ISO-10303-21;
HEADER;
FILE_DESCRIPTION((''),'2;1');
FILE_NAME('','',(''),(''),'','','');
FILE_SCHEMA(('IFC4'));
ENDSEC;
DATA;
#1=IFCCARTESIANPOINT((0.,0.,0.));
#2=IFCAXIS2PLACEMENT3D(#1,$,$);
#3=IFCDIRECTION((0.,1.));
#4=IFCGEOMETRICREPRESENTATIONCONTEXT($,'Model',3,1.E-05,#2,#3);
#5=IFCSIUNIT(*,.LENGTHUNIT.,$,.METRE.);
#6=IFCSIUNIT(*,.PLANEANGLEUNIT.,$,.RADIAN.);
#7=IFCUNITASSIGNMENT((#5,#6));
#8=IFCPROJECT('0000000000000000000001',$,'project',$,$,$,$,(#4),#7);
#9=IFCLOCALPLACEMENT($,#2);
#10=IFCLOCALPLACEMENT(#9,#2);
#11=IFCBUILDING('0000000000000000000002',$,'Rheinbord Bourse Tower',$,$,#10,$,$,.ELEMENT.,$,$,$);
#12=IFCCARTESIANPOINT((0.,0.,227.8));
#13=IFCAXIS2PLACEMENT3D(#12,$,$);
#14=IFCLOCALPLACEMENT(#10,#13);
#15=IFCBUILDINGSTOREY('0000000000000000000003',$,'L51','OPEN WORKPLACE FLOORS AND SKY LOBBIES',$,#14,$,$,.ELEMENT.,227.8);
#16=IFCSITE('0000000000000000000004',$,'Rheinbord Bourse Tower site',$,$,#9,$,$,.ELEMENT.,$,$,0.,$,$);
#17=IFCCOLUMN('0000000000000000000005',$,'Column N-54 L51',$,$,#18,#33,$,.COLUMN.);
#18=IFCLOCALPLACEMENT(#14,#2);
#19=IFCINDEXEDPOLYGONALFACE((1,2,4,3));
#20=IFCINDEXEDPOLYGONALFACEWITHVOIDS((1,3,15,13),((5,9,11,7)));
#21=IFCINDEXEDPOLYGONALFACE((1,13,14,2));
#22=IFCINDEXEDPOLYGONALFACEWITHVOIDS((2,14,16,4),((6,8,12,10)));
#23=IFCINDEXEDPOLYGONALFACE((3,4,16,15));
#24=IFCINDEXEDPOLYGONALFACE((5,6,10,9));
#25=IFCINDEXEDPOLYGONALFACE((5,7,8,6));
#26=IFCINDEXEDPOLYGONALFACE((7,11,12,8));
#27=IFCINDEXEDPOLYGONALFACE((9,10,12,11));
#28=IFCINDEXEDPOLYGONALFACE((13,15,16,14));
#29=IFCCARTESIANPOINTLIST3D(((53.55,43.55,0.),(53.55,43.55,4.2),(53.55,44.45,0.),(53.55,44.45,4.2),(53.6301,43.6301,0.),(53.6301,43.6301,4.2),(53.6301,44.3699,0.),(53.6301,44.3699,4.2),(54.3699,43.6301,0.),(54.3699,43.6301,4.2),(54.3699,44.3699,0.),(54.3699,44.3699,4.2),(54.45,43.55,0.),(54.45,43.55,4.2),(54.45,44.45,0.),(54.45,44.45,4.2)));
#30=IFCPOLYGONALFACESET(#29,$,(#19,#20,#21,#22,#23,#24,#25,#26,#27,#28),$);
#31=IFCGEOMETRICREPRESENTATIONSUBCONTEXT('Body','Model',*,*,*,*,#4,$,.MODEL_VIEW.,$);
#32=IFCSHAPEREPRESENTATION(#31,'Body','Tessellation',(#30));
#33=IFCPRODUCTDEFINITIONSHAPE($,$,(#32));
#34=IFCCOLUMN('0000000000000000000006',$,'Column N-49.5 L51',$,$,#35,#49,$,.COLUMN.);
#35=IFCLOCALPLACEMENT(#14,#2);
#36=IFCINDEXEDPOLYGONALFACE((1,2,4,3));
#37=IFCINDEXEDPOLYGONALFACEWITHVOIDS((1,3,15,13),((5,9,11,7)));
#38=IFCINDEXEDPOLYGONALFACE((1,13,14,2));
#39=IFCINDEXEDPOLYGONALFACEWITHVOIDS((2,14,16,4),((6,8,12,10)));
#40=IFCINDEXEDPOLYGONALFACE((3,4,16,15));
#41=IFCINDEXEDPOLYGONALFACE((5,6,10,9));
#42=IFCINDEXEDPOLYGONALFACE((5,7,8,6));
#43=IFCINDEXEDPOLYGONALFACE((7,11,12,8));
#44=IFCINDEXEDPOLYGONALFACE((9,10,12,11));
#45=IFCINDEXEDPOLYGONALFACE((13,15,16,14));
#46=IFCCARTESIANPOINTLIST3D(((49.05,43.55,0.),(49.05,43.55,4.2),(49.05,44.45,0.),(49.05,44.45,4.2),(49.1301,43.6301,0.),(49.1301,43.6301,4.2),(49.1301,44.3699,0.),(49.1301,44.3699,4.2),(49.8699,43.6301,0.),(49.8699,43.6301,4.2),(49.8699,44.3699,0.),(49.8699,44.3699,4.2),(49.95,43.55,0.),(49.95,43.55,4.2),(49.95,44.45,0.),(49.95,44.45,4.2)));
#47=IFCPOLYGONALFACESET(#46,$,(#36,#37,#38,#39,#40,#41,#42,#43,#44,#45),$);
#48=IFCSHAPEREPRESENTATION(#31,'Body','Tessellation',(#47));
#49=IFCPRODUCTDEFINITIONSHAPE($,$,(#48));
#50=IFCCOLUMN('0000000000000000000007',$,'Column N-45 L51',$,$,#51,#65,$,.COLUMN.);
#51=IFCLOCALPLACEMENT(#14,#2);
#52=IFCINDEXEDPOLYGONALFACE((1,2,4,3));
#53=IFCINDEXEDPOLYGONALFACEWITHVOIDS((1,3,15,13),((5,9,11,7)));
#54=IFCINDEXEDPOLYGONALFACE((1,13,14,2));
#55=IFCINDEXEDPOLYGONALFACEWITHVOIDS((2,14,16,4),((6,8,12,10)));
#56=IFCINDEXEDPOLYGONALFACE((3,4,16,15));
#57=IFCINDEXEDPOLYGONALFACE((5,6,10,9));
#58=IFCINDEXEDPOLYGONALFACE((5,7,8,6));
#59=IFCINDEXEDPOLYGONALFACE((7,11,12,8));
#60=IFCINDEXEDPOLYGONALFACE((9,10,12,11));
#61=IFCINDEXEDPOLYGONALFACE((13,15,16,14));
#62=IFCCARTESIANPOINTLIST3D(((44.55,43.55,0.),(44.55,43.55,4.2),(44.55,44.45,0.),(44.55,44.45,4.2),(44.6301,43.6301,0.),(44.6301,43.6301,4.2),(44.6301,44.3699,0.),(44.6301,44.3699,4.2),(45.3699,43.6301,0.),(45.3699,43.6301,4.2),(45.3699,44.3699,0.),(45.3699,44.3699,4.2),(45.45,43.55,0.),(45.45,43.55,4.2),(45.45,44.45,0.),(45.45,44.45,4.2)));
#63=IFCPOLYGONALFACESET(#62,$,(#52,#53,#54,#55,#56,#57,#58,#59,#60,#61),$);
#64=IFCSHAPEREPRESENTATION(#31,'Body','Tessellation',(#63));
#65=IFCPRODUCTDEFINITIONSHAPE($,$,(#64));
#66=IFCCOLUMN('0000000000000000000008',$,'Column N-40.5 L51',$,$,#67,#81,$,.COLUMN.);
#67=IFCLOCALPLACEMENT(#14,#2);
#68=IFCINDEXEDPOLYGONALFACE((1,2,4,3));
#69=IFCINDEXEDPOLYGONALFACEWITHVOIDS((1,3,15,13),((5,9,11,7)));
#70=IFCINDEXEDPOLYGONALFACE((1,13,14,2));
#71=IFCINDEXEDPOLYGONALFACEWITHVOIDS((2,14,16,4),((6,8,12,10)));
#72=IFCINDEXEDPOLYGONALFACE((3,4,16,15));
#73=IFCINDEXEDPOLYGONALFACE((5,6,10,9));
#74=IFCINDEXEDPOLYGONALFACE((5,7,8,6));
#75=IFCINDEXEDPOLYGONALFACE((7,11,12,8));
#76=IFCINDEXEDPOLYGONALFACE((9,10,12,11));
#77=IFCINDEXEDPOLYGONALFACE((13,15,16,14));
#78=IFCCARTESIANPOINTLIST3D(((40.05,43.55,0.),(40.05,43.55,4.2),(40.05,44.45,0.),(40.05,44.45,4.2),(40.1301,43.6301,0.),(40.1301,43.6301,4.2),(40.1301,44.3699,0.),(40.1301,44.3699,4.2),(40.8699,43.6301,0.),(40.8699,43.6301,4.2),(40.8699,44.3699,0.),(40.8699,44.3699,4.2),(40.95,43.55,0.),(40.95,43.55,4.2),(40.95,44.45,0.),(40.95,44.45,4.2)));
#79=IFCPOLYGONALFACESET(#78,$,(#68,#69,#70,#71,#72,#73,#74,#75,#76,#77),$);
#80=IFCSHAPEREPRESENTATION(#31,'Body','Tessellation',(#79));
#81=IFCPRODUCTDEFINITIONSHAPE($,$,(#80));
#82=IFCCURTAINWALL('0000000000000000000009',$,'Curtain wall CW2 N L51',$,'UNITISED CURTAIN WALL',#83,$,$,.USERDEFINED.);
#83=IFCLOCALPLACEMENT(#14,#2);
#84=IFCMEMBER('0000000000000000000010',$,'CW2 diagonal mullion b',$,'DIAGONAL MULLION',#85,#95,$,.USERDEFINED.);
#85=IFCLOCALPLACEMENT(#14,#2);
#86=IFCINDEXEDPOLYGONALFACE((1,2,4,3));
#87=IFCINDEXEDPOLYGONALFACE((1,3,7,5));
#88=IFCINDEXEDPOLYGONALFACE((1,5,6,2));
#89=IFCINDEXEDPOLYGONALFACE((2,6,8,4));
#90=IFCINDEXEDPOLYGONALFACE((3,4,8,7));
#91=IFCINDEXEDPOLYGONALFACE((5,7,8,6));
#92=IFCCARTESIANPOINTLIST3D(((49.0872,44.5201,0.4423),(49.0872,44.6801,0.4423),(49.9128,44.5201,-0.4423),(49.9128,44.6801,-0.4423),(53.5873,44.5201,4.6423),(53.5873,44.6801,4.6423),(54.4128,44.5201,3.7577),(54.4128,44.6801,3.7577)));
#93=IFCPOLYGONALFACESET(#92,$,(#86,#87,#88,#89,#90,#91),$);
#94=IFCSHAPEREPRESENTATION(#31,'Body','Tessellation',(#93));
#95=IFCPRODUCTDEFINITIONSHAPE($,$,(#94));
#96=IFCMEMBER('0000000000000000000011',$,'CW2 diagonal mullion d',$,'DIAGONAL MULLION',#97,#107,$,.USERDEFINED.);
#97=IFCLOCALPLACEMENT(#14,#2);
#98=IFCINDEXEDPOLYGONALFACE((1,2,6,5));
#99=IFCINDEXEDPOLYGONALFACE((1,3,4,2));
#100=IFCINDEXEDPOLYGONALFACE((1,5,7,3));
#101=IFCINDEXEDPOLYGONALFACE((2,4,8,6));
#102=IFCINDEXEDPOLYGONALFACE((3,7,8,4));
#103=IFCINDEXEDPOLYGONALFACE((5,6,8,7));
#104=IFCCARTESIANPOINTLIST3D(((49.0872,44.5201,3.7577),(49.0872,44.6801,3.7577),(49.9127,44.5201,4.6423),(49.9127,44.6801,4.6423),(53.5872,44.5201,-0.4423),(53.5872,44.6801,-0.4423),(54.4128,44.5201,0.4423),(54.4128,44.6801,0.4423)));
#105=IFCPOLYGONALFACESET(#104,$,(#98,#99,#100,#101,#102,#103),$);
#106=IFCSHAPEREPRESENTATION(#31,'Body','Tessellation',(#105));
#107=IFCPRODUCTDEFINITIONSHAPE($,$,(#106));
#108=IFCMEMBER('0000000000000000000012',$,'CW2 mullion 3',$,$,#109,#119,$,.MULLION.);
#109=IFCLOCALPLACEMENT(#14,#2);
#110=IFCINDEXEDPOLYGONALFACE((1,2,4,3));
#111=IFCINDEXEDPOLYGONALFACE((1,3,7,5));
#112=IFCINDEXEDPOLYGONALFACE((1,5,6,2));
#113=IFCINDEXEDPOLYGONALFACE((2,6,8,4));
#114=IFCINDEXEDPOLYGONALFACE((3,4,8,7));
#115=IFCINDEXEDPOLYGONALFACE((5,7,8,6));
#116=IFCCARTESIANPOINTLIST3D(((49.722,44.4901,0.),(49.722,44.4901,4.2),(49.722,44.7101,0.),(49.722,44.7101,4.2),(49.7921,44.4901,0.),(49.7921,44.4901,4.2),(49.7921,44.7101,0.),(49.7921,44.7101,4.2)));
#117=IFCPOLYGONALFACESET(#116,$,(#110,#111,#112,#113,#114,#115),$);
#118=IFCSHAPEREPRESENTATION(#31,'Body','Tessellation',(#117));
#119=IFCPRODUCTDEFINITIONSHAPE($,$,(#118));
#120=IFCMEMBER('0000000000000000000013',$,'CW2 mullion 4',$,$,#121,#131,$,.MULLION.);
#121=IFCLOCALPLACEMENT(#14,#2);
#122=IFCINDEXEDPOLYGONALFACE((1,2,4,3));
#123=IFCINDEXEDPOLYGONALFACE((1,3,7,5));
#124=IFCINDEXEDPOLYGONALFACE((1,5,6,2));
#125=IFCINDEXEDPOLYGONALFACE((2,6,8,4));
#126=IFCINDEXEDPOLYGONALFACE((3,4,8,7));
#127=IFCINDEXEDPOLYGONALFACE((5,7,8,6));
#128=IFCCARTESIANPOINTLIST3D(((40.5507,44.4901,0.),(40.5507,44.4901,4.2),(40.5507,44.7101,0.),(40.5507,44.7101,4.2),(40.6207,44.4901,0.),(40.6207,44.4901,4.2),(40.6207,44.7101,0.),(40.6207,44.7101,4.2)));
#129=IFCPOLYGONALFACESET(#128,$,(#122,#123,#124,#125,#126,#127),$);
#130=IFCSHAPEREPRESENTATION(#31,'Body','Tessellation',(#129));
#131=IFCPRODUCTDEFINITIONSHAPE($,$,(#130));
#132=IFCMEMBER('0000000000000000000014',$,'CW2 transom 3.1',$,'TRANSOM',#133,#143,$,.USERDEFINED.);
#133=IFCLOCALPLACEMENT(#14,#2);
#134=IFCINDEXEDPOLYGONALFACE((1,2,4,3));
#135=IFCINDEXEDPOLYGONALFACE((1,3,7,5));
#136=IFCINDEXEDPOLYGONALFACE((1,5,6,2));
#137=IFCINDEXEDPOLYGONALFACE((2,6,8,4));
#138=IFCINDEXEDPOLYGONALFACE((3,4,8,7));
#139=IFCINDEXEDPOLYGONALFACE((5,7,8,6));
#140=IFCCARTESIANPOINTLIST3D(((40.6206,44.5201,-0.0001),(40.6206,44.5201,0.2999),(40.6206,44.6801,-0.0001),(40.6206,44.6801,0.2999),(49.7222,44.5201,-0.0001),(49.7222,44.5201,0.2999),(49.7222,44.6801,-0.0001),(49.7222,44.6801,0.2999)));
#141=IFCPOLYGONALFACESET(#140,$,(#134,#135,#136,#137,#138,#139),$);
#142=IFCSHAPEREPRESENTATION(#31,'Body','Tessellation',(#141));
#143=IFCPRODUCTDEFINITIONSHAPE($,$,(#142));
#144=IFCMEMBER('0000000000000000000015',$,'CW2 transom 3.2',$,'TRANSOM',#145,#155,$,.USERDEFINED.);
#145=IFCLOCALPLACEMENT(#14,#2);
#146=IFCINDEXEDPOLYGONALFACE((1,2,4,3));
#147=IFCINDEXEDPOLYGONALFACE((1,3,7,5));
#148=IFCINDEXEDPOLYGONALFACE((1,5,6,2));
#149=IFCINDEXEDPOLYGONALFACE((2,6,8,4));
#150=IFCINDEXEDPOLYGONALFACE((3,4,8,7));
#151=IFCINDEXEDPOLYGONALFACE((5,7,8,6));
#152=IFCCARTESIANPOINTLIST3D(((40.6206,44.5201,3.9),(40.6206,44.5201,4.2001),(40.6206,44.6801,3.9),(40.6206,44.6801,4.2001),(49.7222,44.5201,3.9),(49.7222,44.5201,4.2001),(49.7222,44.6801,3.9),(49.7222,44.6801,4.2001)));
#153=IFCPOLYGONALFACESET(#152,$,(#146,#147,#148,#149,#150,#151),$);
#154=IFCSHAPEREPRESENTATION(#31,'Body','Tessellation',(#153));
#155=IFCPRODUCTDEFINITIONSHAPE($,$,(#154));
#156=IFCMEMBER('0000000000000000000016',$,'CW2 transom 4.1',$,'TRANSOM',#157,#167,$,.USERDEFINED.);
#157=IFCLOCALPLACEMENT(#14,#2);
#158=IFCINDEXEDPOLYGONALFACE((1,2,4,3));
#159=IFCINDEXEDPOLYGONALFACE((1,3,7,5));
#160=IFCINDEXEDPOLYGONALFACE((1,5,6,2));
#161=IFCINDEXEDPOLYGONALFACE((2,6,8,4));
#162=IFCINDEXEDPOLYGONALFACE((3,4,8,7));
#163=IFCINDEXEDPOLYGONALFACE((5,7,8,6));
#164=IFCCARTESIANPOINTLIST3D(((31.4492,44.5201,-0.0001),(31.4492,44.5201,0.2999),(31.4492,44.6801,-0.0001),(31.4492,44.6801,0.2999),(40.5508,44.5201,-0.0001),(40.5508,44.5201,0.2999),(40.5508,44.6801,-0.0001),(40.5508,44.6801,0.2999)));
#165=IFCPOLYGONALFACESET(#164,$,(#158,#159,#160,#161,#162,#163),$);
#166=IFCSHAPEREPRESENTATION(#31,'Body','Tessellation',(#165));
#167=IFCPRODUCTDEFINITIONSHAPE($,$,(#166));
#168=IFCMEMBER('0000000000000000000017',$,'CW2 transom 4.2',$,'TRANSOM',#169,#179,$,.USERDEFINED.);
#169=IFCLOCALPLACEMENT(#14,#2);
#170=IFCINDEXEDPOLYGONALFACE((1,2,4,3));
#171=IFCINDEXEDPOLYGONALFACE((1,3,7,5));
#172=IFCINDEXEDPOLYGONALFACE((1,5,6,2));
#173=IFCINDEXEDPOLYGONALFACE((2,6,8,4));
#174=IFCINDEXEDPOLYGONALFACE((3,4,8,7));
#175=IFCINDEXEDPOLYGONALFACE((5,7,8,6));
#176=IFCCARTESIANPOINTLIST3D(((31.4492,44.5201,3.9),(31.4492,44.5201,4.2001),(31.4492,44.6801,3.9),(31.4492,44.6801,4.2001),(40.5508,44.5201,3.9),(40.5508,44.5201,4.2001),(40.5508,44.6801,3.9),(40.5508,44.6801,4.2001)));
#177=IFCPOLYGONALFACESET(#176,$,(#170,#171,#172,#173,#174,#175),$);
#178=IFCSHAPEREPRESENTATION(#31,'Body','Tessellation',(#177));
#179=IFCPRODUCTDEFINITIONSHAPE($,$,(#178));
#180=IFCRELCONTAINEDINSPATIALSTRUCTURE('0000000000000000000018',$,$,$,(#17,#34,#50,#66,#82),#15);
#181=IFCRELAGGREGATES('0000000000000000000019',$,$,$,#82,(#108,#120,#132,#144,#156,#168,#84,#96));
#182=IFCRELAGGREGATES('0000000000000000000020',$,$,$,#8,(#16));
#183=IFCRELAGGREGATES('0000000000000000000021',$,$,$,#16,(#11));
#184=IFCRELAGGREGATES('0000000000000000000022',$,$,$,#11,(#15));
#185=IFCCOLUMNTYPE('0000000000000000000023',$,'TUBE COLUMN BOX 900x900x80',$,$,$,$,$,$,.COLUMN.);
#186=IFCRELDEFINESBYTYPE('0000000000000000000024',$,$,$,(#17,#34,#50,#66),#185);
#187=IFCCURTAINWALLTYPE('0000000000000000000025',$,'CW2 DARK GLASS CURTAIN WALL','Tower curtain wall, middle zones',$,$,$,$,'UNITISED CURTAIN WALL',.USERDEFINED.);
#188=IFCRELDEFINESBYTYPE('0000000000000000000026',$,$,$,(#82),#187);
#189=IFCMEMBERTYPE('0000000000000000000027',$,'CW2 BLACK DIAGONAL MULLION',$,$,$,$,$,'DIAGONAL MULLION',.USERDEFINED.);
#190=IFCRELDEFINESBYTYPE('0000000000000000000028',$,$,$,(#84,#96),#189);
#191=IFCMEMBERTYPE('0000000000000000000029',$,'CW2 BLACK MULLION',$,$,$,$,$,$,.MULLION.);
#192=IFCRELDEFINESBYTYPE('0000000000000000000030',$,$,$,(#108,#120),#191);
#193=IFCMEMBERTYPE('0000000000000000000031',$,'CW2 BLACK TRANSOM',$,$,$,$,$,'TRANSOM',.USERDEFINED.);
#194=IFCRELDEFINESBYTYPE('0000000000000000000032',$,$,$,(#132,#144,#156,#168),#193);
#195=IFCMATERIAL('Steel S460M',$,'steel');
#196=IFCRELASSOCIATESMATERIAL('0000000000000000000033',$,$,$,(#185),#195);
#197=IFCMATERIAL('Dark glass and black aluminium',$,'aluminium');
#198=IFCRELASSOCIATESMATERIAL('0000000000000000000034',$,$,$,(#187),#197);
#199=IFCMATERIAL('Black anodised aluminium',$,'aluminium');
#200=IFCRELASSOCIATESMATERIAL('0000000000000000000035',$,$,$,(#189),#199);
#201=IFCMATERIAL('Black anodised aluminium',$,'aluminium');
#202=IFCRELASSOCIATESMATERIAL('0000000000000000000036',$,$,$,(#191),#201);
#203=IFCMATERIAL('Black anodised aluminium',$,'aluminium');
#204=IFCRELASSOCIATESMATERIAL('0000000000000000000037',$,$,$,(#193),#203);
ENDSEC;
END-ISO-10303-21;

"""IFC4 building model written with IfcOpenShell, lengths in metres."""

from ifc_helpers import new_model, si_unit, direction, frame, origin, origin_2d, place, context, subcontext, project, spatial, rectangle, hollow_rectangle, extrude, material, material_profile, profile_set, type_object, element, aggregate, save


model = new_model("IFC4")

# Units and contexts
model_context = context("Model", 3, precision=1e-05, world=origin(), true_north=direction((0.0, 1.0)))
body_context = subcontext(model_context, "Body", "Model", "MODEL_VIEW")
ifc_project = project(units=[si_unit("LENGTHUNIT", "METRE"), si_unit("PLANEANGLEUNIT", "RADIAN")], contexts=[model_context])

# Site, building, storey
site_placement = place(None, origin())
site = spatial("IfcSite", under=ifc_project, at=site_placement, Name="Rheinbord Bourse Tower site", CompositionType="ELEMENT", RefElevation=0.0)
building_placement = place(site_placement, origin())
building = spatial("IfcBuilding", under=site, at=building_placement, Name="Rheinbord Bourse Tower", CompositionType="ELEMENT")
storey_placement = place(building_placement, frame((0.0, 0.0, 227.8)))
storey = spatial("IfcBuildingStorey", under=building, at=storey_placement, Name="L51", Description="OPEN WORKPLACE FLOORS AND SKY LOBBIES", CompositionType="ELEMENT", Elevation=227.8)

# Columns
ifc_material_1 = material(Name="Steel S460M", Category="steel")
ifc_material_profile_1 = material_profile(ifc_material_1, hollow_rectangle(XDim=0.8999, YDim=0.8999, WallThickness=0.0801, at=origin_2d()), Name="BOX 900x900x80")
ifc_profile_set_1 = profile_set([ifc_material_profile_1], Name="Steel S460M")
column_type = type_object("IfcColumnType", Name="TUBE COLUMN BOX 900x900x80", PredefinedType="COLUMN", material=ifc_profile_set_1)
for number, where, z_axis, x_axis, name in (
    (1, (54.0, 44.0, 0.0), (0.0, 0.0, 1.0), (0.0, 1.0, 0.0), "Column N-54 L51"),
    (2, (49.5, 44.0, 0.0), (0.0, 0.0, 1.0), (0.0, 1.0, 0.0), "Column N-49.5 L51"),
    (3, (45.0, 44.0, 0.0), (0.0, 0.0, 1.0), (0.0, 1.0, 0.0), "Column N-45 L51"),
    (4, (40.5, 44.0, 0.0), (0.0, 0.0, 1.0), (0.0, 1.0, 0.0), "Column N-40.5 L51"),
):
    element("IfcColumn", number, at=place(storey_placement, frame(where, z_axis=z_axis, x_axis=x_axis)), inside=storey, type_object=column_type, Name=name, PredefinedType="COLUMN", context=body_context, shape_type="SweptSolid", body=[
        extrude(hollow_rectangle(XDim=0.8999, YDim=0.8999, WallThickness=0.0801, at=origin_2d()), origin(), (0.0, 0.0, 1.0), 4.2),
    ])

# Curtain wall, members
ifc_material_2 = material(Name="Dark glass and black aluminium", Category="aluminium")
curtain_wall_type = type_object("IfcCurtainWallType", Name="CW2 DARK GLASS CURTAIN WALL", Description="Tower curtain wall, middle zones", ElementType="UNITISED CURTAIN WALL", PredefinedType="USERDEFINED", material=ifc_material_2)
curtain_wall_placement = place(storey_placement, origin())
curtain_wall = element("IfcCurtainWall", 5, at=curtain_wall_placement, inside=storey, type_object=curtain_wall_type, Name="Curtain wall CW2 N L51", ObjectType="UNITISED CURTAIN WALL", PredefinedType="USERDEFINED")
ifc_material_3 = material(Name="Black anodised aluminium", Category="aluminium")
ifc_material_profile_2 = material_profile(ifc_material_3, rectangle(XDim=0.1599, YDim=1.21, at=origin_2d()), Name="CW2 DIAGONAL MULLION 1210x160")
ifc_profile_set_2 = profile_set([ifc_material_profile_2], Name="Black anodised aluminium")
member_type_1 = type_object("IfcMemberType", Name="CW2 BLACK DIAGONAL MULLION", ElementType="DIAGONAL MULLION", PredefinedType="USERDEFINED", material=ifc_profile_set_2)
member_1_placement = place(storey_placement, frame((49.5, 44.6001, 0.0), z_axis=(0.731059, 0.0, 0.682314), x_axis=(0.0, 1.0, 0.0)))
member_1 = element("IfcMember", 6, at=member_1_placement, type_object=member_type_1, Name="CW2 diagonal mullion b", ObjectType="DIAGONAL MULLION", PredefinedType="USERDEFINED", context=body_context, shape_type="SweptSolid", body=[
    extrude(rectangle(XDim=0.1599, YDim=1.21, at=origin_2d()), origin(), (0.0, 0.0, 1.0), 6.1555),
])
member_2_placement = place(storey_placement, frame((54.0, 44.6001, 0.0), z_axis=(-0.731059, 0.0, 0.682314), x_axis=(0.0, -1.0, 0.0)))
member_2 = element("IfcMember", 7, at=member_2_placement, type_object=member_type_1, Name="CW2 diagonal mullion d", ObjectType="DIAGONAL MULLION", PredefinedType="USERDEFINED", context=body_context, shape_type="SweptSolid", body=[
    extrude(rectangle(XDim=0.1599, YDim=1.21, at=origin_2d()), origin(), (0.0, 0.0, 1.0), 6.1555),
])
ifc_material_4 = material(Name="Black anodised aluminium", Category="aluminium")
ifc_material_profile_3 = material_profile(ifc_material_4, rectangle(XDim=0.22, YDim=0.0701, at=origin_2d()), Name="CW2 MULLION 70x220")
ifc_profile_set_3 = profile_set([ifc_material_profile_3], Name="Black anodised aluminium")
member_type_2 = type_object("IfcMemberType", Name="CW2 BLACK MULLION", PredefinedType="MULLION", material=ifc_profile_set_3)
member_3_placement = place(storey_placement, frame((49.7571, 44.6001, 0.0), z_axis=(0.0, 0.0, 1.0), x_axis=(0.0, -1.0, 0.0)))
member_3 = element("IfcMember", 8, at=member_3_placement, type_object=member_type_2, Name="CW2 mullion 3", PredefinedType="MULLION", context=body_context, shape_type="SweptSolid", body=[
    extrude(rectangle(XDim=0.22, YDim=0.0701, at=origin_2d()), origin(), (0.0, 0.0, 1.0), 4.2),
])
member_4_placement = place(storey_placement, frame((40.5857, 44.6001, 0.0), z_axis=(0.0, 0.0, 1.0), x_axis=(0.0, -1.0, 0.0)))
member_4 = element("IfcMember", 9, at=member_4_placement, type_object=member_type_2, Name="CW2 mullion 4", PredefinedType="MULLION", context=body_context, shape_type="SweptSolid", body=[
    extrude(rectangle(XDim=0.22, YDim=0.0701, at=origin_2d()), origin(), (0.0, 0.0, 1.0), 4.2),
])
ifc_material_5 = material(Name="Black anodised aluminium", Category="aluminium")
ifc_material_profile_4 = material_profile(ifc_material_5, rectangle(XDim=0.1599, YDim=0.3, at=origin_2d()), Name="CW2 TRANSOM 300x160")
ifc_profile_set_4 = profile_set([ifc_material_profile_4], Name="Black anodised aluminium")
member_type_3 = type_object("IfcMemberType", Name="CW2 BLACK TRANSOM", ElementType="TRANSOM", PredefinedType="USERDEFINED", material=ifc_profile_set_4)
member_5_placement = place(storey_placement, frame((49.7222, 44.6001, 0.1499), z_axis=(-1.0, 0.0, 0.0), x_axis=(0.0, -1.0, 0.0)))
member_5 = element("IfcMember", 10, at=member_5_placement, type_object=member_type_3, Name="CW2 transom 3.1", ObjectType="TRANSOM", PredefinedType="USERDEFINED", context=body_context, shape_type="SweptSolid", body=[
    extrude(rectangle(XDim=0.1599, YDim=0.3, at=origin_2d()), origin(), (0.0, 0.0, 1.0), 9.1016),
])
member_6_placement = place(storey_placement, frame((49.7222, 44.6001, 4.05), z_axis=(-1.0, 0.0, 0.0), x_axis=(0.0, -1.0, 0.0)))
member_6 = element("IfcMember", 11, at=member_6_placement, type_object=member_type_3, Name="CW2 transom 3.2", ObjectType="TRANSOM", PredefinedType="USERDEFINED", context=body_context, shape_type="SweptSolid", body=[
    extrude(rectangle(XDim=0.1599, YDim=0.3, at=origin_2d()), origin(), (0.0, 0.0, 1.0), 9.1016),
])
member_7_placement = place(storey_placement, frame((40.5508, 44.6001, 0.1499), z_axis=(-1.0, 0.0, 0.0), x_axis=(0.0, -1.0, 0.0)))
member_7 = element("IfcMember", 12, at=member_7_placement, type_object=member_type_3, Name="CW2 transom 4.1", ObjectType="TRANSOM", PredefinedType="USERDEFINED", context=body_context, shape_type="SweptSolid", body=[
    extrude(rectangle(XDim=0.1599, YDim=0.3, at=origin_2d()), origin(), (0.0, 0.0, 1.0), 9.1016),
])
member_8_placement = place(storey_placement, frame((40.5508, 44.6001, 4.05), z_axis=(-1.0, 0.0, 0.0), x_axis=(0.0, -1.0, 0.0)))
member_8 = element("IfcMember", 13, at=member_8_placement, type_object=member_type_3, Name="CW2 transom 4.2", ObjectType="TRANSOM", PredefinedType="USERDEFINED", context=body_context, shape_type="SweptSolid", body=[
    extrude(rectangle(XDim=0.1599, YDim=0.3, at=origin_2d()), origin(), (0.0, 0.0, 1.0), 9.1016),
])

aggregate(curtain_wall, [member_3, member_4, member_5, member_6, member_7, member_8, member_1, member_2])

save(model, "model.ifc")
